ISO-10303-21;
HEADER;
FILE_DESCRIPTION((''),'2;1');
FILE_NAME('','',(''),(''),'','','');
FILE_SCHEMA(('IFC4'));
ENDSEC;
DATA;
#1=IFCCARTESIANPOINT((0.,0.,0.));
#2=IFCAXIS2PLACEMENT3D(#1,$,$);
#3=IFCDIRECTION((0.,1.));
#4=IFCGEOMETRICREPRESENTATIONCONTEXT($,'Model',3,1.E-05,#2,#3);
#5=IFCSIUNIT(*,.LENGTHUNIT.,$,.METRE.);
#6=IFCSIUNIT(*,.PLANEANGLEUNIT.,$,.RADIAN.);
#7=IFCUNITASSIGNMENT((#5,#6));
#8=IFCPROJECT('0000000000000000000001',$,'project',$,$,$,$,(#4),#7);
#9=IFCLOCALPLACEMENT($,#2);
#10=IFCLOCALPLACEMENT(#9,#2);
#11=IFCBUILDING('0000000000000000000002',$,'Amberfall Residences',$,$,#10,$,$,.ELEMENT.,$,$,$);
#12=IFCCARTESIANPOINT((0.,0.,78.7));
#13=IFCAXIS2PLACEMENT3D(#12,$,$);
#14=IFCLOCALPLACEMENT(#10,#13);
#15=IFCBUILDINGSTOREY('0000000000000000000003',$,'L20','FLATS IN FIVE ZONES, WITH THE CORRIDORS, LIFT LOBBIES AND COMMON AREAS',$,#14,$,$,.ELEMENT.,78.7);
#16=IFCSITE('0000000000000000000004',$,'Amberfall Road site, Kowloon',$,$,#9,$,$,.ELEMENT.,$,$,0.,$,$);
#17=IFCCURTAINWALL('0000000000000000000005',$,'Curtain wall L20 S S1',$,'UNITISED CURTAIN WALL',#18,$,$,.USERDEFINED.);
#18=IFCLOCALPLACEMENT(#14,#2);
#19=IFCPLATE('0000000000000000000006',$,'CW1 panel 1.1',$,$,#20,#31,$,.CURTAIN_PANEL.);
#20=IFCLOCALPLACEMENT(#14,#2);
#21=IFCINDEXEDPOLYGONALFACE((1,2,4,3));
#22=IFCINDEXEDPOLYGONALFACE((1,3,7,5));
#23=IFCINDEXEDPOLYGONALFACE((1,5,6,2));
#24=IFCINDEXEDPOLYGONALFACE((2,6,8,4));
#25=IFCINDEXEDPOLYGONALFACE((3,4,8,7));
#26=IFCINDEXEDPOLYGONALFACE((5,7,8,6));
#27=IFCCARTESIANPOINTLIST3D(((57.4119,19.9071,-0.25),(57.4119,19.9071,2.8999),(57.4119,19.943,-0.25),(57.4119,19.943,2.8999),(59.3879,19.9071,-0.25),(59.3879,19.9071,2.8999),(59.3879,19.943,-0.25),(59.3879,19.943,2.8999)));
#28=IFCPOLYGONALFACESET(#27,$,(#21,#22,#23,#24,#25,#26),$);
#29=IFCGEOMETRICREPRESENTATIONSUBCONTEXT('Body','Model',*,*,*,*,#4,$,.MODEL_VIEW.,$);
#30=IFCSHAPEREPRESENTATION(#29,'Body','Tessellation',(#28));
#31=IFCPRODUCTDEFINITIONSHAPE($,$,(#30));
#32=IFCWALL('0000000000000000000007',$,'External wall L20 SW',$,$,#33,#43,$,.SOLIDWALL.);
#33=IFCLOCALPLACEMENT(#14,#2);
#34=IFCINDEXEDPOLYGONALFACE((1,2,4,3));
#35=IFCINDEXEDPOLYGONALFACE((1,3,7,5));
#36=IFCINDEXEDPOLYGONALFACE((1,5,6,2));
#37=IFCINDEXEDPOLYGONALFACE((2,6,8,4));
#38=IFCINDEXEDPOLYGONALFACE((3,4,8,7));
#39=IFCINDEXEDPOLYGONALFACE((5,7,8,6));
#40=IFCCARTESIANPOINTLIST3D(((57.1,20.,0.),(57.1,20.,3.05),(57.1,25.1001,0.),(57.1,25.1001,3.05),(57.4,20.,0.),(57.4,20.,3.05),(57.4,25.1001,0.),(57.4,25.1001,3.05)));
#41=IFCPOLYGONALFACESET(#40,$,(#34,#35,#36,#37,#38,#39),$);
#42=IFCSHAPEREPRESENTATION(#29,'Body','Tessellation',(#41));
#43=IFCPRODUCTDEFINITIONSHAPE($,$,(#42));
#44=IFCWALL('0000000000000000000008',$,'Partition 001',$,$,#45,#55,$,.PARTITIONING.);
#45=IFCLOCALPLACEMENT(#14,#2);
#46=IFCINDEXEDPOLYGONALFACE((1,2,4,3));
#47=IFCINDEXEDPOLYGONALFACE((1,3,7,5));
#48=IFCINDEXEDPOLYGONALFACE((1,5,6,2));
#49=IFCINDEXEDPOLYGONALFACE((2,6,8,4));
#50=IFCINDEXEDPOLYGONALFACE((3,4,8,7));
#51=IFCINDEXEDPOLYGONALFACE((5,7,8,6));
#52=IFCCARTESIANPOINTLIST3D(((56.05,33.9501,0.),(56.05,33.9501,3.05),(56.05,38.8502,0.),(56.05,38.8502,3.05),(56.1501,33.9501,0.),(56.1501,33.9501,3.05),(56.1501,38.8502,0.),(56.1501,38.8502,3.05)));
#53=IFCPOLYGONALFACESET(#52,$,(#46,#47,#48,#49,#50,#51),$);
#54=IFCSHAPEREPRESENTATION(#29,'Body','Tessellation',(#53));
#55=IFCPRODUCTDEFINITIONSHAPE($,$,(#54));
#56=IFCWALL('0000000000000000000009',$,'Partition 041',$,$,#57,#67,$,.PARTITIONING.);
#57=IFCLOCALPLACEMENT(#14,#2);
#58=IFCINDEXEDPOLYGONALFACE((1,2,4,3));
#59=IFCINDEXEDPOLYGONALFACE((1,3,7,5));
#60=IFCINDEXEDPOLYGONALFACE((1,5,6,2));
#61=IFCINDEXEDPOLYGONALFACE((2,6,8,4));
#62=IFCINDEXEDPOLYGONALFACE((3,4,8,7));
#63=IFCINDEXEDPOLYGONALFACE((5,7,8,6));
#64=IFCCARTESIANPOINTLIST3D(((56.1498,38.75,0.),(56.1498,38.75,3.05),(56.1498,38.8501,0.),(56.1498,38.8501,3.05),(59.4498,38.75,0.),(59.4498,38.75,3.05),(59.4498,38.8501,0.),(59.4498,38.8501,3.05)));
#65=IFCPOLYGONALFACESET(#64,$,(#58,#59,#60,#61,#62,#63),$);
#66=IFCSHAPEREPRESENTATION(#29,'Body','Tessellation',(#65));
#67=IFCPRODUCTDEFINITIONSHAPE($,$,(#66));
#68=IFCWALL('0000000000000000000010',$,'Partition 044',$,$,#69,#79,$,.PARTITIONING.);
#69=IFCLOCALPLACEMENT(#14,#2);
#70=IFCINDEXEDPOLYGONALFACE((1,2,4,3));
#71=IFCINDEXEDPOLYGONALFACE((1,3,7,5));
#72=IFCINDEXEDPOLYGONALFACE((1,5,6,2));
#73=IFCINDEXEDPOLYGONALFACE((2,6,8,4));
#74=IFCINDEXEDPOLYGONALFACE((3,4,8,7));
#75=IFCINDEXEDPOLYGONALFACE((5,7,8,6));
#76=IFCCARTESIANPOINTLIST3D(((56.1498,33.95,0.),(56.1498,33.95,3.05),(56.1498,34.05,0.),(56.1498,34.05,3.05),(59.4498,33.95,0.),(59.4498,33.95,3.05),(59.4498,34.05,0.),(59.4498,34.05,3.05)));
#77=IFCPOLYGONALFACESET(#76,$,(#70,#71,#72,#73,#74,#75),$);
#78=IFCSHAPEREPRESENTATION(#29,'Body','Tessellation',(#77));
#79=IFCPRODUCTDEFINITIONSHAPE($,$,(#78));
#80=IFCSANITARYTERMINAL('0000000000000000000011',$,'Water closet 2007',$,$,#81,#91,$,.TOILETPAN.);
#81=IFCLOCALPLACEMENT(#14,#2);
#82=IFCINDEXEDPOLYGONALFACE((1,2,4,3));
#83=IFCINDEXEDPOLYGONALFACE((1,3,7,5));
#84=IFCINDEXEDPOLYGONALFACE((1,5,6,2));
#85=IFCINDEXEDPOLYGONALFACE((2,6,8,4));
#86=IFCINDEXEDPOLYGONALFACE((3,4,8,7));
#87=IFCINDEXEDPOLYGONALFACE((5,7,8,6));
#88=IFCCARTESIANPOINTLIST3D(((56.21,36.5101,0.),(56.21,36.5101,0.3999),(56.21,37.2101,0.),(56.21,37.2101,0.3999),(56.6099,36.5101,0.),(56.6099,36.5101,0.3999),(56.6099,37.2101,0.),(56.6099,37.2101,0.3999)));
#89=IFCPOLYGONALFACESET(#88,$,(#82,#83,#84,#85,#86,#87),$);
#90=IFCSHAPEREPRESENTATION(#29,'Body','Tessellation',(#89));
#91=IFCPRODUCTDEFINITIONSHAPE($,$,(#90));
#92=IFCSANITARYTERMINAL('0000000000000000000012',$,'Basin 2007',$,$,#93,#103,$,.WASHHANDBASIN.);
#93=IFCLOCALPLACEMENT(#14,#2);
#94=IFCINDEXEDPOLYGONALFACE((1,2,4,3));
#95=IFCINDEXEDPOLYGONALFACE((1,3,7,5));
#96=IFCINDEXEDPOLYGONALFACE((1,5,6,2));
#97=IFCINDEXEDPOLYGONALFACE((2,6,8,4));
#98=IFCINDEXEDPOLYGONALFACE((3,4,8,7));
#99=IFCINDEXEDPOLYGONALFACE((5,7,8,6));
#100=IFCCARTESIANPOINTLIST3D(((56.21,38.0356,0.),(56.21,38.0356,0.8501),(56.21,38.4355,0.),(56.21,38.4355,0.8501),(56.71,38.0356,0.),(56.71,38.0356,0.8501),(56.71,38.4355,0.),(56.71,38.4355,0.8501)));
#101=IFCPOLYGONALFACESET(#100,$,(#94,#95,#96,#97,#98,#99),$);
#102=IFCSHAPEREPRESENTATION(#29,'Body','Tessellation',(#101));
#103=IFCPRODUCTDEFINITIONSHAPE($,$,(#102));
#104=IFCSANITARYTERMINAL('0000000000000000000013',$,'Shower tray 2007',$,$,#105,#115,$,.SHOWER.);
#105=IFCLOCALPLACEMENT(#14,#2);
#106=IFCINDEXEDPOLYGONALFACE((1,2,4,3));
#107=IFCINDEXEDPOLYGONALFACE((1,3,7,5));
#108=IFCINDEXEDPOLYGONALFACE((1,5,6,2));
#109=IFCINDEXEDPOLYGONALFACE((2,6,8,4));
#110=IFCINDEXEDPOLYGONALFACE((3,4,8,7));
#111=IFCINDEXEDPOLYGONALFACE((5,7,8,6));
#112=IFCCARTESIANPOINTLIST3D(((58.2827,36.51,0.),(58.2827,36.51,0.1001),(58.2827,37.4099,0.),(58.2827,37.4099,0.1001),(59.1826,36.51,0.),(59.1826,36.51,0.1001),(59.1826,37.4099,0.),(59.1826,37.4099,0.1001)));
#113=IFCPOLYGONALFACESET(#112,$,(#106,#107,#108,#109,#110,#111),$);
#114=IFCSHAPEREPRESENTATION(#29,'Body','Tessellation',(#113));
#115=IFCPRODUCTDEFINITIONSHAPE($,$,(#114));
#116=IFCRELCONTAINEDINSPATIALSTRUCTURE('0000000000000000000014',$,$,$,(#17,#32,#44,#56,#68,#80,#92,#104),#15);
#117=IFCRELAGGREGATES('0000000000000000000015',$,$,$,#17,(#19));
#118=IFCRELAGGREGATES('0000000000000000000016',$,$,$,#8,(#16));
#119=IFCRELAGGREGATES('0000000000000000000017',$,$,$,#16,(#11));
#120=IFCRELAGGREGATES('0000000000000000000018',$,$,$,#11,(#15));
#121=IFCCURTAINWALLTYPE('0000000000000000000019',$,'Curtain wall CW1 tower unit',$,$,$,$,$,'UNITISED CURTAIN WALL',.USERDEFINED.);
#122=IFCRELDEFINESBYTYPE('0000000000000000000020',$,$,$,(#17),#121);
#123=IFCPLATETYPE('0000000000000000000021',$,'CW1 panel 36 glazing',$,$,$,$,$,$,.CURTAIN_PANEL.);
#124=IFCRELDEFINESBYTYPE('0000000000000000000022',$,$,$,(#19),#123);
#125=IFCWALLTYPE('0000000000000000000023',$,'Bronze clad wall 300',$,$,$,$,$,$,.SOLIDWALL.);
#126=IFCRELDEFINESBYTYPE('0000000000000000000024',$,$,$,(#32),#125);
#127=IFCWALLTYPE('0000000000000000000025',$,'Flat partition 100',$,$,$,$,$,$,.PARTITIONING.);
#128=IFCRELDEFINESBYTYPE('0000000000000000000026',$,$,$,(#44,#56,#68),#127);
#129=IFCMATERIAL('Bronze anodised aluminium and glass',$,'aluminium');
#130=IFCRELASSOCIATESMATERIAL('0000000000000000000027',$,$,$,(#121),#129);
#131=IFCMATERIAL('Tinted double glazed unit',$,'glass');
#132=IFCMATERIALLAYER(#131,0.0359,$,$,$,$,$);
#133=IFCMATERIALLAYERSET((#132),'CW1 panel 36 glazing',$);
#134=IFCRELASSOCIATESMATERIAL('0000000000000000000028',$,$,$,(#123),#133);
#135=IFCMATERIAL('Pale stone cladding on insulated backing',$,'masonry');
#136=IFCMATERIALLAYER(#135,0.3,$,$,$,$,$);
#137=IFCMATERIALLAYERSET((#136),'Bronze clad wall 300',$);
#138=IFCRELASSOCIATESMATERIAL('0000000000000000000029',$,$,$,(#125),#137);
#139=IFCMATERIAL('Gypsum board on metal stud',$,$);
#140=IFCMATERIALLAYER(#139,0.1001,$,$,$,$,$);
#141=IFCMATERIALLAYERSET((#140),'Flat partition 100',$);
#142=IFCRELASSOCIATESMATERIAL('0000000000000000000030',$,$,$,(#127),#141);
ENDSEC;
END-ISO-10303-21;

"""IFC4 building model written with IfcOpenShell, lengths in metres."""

from ifc_helpers import new_model, si_unit, direction, frame, frame_2d, origin, origin_2d, place, context, subcontext, project, spatial, rectangle, extrude, material, layer, layer_set, type_object, element, aggregate, save


model = new_model("IFC4")

# Units and contexts
model_context = context("Model", 3, precision=1e-05, world=origin(), true_north=direction((0.0, 1.0)))
body_context = subcontext(model_context, "Body", "Model", "MODEL_VIEW")
ifc_project = project(units=[si_unit("LENGTHUNIT", "METRE"), si_unit("PLANEANGLEUNIT", "RADIAN")], contexts=[model_context])

# Site, building, storey
site_placement = place(None, origin())
site = spatial("IfcSite", under=ifc_project, at=site_placement, Name="Amberfall Road site, Kowloon", CompositionType="ELEMENT", RefElevation=0.0)
building_placement = place(site_placement, origin())
building = spatial("IfcBuilding", under=site, at=building_placement, Name="Amberfall Residences", CompositionType="ELEMENT")
storey_placement = place(building_placement, frame((0.0, 0.0, 78.7)))
storey = spatial("IfcBuildingStorey", under=building, at=storey_placement, Name="L20", Description="FLATS IN FIVE ZONES, WITH THE CORRIDORS, LIFT LOBBIES AND COMMON AREAS", CompositionType="ELEMENT", Elevation=78.7)

# Curtain wall
ifc_material_1 = material(Name="Bronze anodised aluminium and glass", Category="aluminium")
curtain_wall_type = type_object("IfcCurtainWallType", Name="Curtain wall CW1 tower unit", ElementType="UNITISED CURTAIN WALL", PredefinedType="USERDEFINED", material=ifc_material_1)
curtain_wall_placement = place(storey_placement, origin())
curtain_wall = element("IfcCurtainWall", 1, at=curtain_wall_placement, inside=storey, type_object=curtain_wall_type, Name="Curtain wall L20 S S1", ObjectType="UNITISED CURTAIN WALL", PredefinedType="USERDEFINED")

# Plate
ifc_material_2 = material(Name="Tinted double glazed unit", Category="glass")
ifc_layer_1 = layer(ifc_material_2, 0.0359)
ifc_layer_set_1 = layer_set([ifc_layer_1], Name="CW1 panel 36 glazing")
plate_type = type_object("IfcPlateType", Name="CW1 panel 36 glazing", PredefinedType="CURTAIN_PANEL", material=ifc_layer_set_1)
plate_placement = place(storey_placement, frame((58.3999, 19.925, -0.25), z_axis=(0.0, 0.0, 1.0), x_axis=(1.0, 0.0, 0.0)))
plate = element("IfcPlate", 2, at=plate_placement, type_object=plate_type, Name="CW1 panel 1.1", PredefinedType="CURTAIN_PANEL", context=body_context, shape_type="SweptSolid", body=[
    extrude(rectangle(XDim=1.9761, YDim=0.0359, at=origin_2d()), origin(), (0.0, 0.0, 1.0), 3.1499),
])
aggregate(curtain_wall, [plate])

# Walls
ifc_material_3 = material(Name="Pale stone cladding on insulated backing", Category="masonry")
ifc_layer_2 = layer(ifc_material_3, 0.3)
ifc_layer_set_2 = layer_set([ifc_layer_2], Name="Bronze clad wall 300")
wall_type_1 = type_object("IfcWallType", Name="Bronze clad wall 300", PredefinedType="SOLIDWALL", material=ifc_layer_set_2)
wall_1_placement = place(storey_placement, frame((57.25, 25.1001, 0.0), z_axis=(0.0, 0.0, 1.0), x_axis=(0.0, -1.0, 0.0)))
element("IfcWall", 3, at=wall_1_placement, inside=storey, type_object=wall_type_1, Name="External wall L20 SW", PredefinedType="SOLIDWALL", context=body_context, shape_type="SweptSolid", body=[
    extrude(rectangle(XDim=5.1001, YDim=0.3, at=frame_2d((2.55, 0.0))), origin(), (0.0, 0.0, 1.0), 3.05),
])
ifc_material_4 = material(Name="Gypsum board on metal stud")
ifc_layer_3 = layer(ifc_material_4, 0.1001)
ifc_layer_set_3 = layer_set([ifc_layer_3], Name="Flat partition 100")
wall_type_2 = type_object("IfcWallType", Name="Flat partition 100", PredefinedType="PARTITIONING", material=ifc_layer_set_3)
wall_2_placement = place(storey_placement, frame((56.1001, 33.95, 0.0), z_axis=(0.0, 0.0, 1.0), x_axis=(0.0, 1.0, 0.0)))
element("IfcWall", 4, at=wall_2_placement, inside=storey, type_object=wall_type_2, Name="Partition 001", PredefinedType="PARTITIONING", context=body_context, shape_type="SweptSolid", body=[
    extrude(rectangle(XDim=4.9001, YDim=0.1001, at=frame_2d((2.4502, 0.0))), origin(), (0.0, 0.0, 1.0), 3.05),
])
for number, where, z_axis, x_axis, name in (
    (5, (56.1499, 38.8, 0.0), (0.0, 0.0, 1.0), (1.0, 0.0, 0.0), "Partition 041"),
    (6, (56.1499, 34.0, 0.0), (0.0, 0.0, 1.0), (1.0, 0.0, 0.0), "Partition 044"),
):
    element("IfcWall", number, at=place(storey_placement, frame(where, z_axis=z_axis, x_axis=x_axis)), inside=storey, type_object=wall_type_2, Name=name, PredefinedType="PARTITIONING", context=body_context, shape_type="SweptSolid", body=[
        extrude(rectangle(XDim=3.3, YDim=0.1001, at=frame_2d((1.6499, 0.0))), origin(), (0.0, 0.0, 1.0), 3.05),
    ])

# Sanitary terminals
sanitary_terminal_1_placement = place(storey_placement, frame((56.4099, 36.8601, 0.0), z_axis=(0.0, 0.0, 1.0), x_axis=(1.0, 0.0, 0.0)))
element("IfcSanitaryTerminal", 7, at=sanitary_terminal_1_placement, inside=storey, Name="Water closet 2007", PredefinedType="TOILETPAN", context=body_context, shape_type="SweptSolid", body=[
    extrude(rectangle(XDim=0.3999, YDim=0.7, at=origin_2d()), origin(), (0.0, 0.0, 1.0), 0.3999),
])
sanitary_terminal_2_placement = place(storey_placement, frame((56.46, 38.2356, 0.0), z_axis=(0.0, 0.0, 1.0), x_axis=(1.0, 0.0, 0.0)))
element("IfcSanitaryTerminal", 8, at=sanitary_terminal_2_placement, inside=storey, Name="Basin 2007", PredefinedType="WASHHANDBASIN", context=body_context, shape_type="SweptSolid", body=[
    extrude(rectangle(XDim=0.5, YDim=0.3999, at=origin_2d()), origin(), (0.0, 0.0, 1.0), 0.8501),
])
sanitary_terminal_3_placement = place(storey_placement, frame((58.7327, 36.96, 0.0), z_axis=(0.0, 0.0, 1.0), x_axis=(1.0, 0.0, 0.0)))
element("IfcSanitaryTerminal", 9, at=sanitary_terminal_3_placement, inside=storey, Name="Shower tray 2007", PredefinedType="SHOWER", context=body_context, shape_type="SweptSolid", body=[
    extrude(rectangle(XDim=0.8999, YDim=0.8999, at=origin_2d()), origin(), (0.0, 0.0, 1.0), 0.1001),
])

save(model, "model.ifc")
